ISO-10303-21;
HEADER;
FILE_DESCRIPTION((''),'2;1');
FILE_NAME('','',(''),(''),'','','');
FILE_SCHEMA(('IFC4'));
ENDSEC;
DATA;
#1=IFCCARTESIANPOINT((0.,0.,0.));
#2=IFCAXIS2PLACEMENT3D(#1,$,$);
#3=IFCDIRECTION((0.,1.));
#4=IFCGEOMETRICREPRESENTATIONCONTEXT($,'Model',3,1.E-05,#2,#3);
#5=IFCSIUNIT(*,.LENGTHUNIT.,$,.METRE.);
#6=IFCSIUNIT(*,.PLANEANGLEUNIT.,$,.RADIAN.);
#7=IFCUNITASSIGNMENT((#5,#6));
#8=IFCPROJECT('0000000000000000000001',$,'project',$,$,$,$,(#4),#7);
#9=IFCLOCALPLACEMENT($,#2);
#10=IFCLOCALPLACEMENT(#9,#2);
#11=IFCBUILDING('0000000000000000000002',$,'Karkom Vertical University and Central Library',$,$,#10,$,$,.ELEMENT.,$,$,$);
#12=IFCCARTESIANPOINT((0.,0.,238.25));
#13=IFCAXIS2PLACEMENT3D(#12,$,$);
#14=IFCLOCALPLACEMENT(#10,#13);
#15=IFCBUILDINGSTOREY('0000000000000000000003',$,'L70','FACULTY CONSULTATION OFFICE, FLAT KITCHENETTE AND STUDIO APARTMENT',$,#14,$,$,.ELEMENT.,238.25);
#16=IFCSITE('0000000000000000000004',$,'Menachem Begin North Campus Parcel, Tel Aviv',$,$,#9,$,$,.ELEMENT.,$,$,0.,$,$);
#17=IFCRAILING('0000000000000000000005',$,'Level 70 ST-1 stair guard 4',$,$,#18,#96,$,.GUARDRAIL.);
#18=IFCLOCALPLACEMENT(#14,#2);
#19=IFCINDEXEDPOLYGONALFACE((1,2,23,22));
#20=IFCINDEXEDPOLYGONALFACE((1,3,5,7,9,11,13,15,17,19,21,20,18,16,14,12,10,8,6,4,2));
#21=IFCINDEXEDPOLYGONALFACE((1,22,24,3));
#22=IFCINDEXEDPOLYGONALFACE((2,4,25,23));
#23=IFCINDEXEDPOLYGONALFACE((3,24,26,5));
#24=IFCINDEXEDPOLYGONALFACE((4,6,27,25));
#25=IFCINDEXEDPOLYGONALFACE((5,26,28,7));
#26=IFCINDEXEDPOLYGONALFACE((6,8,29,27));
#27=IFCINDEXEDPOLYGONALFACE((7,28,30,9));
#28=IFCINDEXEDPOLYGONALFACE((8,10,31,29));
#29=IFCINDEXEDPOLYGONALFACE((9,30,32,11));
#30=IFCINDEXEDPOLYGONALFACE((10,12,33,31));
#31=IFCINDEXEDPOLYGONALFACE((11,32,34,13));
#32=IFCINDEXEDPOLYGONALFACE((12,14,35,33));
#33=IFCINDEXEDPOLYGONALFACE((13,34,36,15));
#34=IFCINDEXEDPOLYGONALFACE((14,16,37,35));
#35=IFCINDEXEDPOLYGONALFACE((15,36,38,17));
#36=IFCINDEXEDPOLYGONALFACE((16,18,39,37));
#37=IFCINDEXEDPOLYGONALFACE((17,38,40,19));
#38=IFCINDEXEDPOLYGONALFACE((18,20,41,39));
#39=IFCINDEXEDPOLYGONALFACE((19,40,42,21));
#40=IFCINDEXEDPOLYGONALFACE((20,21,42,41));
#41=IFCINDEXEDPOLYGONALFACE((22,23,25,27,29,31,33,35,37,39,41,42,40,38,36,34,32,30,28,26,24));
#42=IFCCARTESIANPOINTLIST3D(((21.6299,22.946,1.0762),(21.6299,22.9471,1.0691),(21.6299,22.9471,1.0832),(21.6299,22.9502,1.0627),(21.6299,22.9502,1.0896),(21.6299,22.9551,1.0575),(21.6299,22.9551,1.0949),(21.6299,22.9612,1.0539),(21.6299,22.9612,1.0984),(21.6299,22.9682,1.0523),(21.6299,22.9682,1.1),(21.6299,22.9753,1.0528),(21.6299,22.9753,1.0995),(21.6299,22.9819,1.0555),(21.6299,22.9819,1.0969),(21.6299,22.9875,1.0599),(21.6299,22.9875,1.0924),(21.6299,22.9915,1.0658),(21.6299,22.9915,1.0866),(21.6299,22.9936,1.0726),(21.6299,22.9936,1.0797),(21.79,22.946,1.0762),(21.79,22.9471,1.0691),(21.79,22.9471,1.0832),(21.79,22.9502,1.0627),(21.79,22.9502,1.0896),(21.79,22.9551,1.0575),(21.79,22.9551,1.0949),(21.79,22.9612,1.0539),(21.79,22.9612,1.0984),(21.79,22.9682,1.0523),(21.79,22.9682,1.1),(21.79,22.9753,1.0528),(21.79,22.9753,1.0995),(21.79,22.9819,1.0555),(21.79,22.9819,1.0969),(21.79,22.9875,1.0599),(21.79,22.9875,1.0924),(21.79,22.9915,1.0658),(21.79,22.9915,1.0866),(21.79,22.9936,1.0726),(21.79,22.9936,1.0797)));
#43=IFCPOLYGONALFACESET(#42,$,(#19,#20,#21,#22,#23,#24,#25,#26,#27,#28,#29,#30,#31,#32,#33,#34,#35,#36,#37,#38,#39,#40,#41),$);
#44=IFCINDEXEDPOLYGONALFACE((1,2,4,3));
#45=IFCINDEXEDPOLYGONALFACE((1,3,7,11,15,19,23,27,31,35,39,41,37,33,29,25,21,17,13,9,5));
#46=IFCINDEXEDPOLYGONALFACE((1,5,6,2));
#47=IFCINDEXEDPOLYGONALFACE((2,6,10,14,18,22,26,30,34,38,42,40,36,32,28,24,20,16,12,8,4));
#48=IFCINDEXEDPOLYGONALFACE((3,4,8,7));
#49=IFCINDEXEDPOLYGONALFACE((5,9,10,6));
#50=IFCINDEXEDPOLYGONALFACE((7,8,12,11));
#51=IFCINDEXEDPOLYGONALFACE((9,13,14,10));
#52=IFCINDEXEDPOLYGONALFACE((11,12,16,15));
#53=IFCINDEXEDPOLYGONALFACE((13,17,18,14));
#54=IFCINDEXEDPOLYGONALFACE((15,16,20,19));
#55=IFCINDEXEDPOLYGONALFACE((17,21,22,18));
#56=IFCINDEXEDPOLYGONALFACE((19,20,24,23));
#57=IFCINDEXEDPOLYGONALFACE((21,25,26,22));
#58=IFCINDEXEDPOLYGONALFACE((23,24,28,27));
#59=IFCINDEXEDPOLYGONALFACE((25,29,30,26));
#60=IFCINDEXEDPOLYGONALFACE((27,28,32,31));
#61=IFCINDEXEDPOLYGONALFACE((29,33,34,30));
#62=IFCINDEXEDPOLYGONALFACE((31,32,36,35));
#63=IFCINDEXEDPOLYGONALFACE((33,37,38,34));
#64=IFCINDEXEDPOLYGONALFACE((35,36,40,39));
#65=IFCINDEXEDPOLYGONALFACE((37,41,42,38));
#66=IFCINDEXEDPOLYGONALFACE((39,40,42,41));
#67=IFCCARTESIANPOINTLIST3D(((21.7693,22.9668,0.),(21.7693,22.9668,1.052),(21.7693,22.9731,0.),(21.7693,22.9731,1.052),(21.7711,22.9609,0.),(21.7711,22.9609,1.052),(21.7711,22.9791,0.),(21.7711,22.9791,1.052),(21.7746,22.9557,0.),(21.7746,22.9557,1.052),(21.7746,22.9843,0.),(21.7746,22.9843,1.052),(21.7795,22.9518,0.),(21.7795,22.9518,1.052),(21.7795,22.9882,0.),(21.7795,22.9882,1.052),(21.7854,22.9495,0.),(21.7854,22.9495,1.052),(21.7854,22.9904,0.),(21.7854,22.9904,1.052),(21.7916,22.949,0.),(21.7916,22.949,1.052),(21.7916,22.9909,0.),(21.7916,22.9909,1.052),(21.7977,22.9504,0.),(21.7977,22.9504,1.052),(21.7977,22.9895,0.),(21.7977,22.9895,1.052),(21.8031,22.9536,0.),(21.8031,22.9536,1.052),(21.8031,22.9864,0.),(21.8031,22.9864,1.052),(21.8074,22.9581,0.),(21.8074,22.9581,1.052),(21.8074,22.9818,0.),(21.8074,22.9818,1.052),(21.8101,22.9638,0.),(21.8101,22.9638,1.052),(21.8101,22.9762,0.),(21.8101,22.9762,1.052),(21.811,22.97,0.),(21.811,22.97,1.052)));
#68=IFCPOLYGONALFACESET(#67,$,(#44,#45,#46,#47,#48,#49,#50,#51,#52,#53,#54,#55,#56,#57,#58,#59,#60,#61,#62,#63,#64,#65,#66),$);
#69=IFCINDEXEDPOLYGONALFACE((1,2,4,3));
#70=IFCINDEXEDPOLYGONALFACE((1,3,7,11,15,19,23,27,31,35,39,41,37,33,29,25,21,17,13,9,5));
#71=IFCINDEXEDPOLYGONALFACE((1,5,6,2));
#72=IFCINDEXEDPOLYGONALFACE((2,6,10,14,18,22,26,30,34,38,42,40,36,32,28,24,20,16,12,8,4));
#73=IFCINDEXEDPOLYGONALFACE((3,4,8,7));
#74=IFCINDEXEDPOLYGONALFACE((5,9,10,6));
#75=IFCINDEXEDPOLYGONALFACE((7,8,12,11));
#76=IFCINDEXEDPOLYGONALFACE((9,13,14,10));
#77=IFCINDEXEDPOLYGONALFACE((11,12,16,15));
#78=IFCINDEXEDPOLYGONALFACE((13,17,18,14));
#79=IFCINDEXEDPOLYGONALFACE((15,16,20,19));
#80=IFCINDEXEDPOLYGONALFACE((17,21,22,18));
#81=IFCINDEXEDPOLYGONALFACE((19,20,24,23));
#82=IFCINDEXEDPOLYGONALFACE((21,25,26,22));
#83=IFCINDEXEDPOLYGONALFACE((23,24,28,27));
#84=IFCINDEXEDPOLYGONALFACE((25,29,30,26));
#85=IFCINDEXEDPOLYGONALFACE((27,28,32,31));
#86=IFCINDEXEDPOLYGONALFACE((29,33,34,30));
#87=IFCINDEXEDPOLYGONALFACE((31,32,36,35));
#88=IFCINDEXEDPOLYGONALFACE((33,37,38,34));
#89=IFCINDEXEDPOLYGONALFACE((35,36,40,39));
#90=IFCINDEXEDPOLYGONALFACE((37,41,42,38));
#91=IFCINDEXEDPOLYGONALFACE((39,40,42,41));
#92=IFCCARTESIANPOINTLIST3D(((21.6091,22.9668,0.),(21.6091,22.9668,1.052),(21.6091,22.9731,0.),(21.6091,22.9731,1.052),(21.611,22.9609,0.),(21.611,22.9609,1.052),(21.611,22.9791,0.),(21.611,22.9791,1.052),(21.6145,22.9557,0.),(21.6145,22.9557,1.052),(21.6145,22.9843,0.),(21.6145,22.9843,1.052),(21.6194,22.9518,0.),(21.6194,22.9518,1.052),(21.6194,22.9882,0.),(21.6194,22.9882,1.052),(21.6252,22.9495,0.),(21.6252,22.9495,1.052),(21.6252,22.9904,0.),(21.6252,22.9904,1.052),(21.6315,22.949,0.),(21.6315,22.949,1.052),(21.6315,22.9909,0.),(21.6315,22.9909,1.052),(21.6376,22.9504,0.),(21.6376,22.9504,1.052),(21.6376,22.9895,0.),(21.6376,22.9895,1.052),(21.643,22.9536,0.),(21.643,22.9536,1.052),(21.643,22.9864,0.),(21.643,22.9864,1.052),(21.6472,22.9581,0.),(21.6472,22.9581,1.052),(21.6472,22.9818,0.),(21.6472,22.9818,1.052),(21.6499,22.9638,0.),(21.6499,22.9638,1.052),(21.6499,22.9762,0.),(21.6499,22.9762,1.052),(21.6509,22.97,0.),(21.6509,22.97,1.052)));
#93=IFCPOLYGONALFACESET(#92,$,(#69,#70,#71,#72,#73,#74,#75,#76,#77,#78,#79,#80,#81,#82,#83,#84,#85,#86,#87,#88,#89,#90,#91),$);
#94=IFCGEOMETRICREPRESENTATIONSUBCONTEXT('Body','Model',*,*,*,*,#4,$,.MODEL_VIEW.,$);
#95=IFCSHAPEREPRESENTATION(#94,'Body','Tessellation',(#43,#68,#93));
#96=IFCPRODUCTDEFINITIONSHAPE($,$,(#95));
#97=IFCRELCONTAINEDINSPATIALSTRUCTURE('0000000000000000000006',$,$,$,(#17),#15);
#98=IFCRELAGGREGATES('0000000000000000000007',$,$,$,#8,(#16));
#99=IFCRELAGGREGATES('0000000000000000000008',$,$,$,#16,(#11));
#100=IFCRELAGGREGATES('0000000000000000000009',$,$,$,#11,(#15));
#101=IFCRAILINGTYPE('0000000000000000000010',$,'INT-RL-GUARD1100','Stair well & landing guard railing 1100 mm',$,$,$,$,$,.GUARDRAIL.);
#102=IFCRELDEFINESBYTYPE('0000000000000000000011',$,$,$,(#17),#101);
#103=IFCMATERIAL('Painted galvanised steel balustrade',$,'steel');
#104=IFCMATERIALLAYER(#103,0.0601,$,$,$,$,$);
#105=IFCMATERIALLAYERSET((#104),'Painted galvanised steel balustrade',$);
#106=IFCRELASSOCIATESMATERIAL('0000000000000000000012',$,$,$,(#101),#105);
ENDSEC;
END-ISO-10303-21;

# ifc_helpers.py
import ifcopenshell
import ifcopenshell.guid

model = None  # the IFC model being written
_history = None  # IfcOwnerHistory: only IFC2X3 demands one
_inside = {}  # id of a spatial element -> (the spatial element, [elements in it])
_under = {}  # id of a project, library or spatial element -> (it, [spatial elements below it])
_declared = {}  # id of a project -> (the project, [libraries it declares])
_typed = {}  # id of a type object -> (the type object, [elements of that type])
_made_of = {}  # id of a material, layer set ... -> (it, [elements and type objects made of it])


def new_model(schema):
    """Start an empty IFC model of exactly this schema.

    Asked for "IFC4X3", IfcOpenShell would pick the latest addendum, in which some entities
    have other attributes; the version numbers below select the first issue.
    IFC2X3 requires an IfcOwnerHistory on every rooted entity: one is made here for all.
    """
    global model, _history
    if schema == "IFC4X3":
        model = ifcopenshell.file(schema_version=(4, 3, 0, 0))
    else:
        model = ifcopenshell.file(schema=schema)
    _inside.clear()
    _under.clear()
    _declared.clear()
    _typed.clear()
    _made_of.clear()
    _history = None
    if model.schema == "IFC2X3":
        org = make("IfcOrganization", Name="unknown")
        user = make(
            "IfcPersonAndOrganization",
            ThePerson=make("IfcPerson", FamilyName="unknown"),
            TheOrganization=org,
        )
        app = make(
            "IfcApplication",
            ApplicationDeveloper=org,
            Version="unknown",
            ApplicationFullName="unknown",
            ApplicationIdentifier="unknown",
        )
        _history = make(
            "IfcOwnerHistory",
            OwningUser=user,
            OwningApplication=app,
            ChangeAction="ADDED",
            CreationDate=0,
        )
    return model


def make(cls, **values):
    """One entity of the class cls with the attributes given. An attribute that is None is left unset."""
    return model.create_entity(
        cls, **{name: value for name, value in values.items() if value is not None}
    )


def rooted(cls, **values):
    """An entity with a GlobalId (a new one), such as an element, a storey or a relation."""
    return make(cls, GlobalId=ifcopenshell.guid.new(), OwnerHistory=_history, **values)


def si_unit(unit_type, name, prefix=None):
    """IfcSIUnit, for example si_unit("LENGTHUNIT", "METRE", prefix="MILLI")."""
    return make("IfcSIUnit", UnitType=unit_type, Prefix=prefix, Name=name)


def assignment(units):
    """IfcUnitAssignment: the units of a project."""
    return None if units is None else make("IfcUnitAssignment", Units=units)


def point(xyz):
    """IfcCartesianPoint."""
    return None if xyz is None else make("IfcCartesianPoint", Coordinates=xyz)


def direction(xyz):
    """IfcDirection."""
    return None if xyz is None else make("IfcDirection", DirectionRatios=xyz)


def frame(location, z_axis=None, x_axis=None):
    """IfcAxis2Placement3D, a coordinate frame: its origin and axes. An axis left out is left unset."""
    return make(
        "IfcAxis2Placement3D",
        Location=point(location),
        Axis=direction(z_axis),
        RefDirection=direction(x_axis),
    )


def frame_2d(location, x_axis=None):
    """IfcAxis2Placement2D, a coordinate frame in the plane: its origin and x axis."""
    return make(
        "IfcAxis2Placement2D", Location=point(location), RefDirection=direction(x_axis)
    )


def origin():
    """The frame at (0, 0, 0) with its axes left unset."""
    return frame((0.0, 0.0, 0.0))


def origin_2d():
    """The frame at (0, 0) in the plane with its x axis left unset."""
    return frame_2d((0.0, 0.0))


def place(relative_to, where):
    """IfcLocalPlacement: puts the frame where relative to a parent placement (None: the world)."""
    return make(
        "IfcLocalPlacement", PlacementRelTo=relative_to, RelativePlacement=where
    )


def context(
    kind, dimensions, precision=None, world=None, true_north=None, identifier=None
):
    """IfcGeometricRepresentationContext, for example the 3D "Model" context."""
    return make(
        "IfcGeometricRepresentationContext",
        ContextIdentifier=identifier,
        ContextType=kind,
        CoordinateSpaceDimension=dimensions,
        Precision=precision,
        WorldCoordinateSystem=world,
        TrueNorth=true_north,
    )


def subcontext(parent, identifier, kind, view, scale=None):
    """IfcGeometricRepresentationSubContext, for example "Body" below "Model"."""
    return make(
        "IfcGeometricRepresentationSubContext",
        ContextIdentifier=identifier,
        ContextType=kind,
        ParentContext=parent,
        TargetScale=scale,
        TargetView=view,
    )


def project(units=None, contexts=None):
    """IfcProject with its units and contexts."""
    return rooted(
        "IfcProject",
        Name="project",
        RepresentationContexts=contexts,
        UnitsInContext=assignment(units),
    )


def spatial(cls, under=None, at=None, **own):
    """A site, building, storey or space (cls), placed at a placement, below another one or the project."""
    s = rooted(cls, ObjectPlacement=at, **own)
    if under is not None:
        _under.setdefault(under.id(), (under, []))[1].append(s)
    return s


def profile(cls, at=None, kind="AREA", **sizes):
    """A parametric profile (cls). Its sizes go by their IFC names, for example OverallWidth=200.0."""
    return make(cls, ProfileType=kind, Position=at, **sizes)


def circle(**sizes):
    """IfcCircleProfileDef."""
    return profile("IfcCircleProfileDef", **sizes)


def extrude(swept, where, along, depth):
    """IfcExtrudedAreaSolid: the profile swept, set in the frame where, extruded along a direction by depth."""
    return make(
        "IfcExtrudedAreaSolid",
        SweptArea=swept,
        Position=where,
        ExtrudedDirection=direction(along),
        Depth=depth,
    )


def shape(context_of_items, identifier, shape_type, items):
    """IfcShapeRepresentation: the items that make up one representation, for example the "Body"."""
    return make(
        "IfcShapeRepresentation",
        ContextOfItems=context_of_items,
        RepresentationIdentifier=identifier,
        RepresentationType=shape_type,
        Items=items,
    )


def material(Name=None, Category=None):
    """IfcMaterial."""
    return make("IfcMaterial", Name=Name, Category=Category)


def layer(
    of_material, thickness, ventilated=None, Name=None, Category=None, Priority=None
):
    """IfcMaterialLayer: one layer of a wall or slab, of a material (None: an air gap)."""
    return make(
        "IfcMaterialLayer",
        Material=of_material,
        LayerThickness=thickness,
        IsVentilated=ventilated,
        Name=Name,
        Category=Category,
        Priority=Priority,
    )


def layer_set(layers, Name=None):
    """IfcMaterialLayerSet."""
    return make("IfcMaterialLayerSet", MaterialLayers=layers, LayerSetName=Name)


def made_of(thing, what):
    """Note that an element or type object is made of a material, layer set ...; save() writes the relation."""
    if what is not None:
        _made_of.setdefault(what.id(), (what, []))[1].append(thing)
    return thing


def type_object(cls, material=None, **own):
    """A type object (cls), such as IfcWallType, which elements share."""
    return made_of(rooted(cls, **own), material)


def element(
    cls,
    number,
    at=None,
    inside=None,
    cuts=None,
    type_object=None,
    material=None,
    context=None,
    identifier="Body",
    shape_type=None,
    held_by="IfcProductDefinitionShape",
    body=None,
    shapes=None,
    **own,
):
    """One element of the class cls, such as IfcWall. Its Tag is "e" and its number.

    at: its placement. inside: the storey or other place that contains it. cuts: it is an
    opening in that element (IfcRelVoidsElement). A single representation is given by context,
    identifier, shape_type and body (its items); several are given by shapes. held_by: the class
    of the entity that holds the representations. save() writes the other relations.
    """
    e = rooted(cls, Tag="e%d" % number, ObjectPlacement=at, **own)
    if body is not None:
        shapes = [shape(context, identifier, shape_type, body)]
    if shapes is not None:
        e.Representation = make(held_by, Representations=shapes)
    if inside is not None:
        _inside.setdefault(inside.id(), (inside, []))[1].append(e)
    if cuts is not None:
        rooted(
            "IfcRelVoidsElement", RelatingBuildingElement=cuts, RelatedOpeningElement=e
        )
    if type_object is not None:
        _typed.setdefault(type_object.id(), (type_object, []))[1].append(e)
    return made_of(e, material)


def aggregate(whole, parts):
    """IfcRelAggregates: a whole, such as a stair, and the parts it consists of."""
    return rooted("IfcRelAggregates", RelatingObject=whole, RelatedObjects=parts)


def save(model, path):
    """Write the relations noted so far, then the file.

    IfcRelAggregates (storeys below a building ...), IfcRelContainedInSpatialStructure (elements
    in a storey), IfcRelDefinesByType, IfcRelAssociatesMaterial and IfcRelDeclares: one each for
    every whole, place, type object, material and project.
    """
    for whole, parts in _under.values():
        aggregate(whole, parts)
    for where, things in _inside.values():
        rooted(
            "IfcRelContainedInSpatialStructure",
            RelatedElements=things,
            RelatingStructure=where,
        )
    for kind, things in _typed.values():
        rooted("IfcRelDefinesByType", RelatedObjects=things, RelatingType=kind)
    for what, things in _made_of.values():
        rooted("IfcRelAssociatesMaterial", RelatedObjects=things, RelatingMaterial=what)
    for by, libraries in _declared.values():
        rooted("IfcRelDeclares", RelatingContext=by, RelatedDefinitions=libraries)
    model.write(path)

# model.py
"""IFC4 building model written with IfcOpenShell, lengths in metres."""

from ifc_helpers import new_model, si_unit, direction, frame, origin, origin_2d, place, context, subcontext, project, spatial, circle, extrude, material, layer, layer_set, type_object, element, save


model = new_model("IFC4")

# Units and contexts
model_context = context("Model", 3, precision=1e-05, world=origin(), true_north=direction((0.0, 1.0)))
body_context = subcontext(model_context, "Body", "Model", "MODEL_VIEW")
ifc_project = project(units=[si_unit("LENGTHUNIT", "METRE"), si_unit("PLANEANGLEUNIT", "RADIAN")], contexts=[model_context])

# Site, building, storey
site_placement = place(None, origin())
site = spatial("IfcSite", under=ifc_project, at=site_placement, Name="Menachem Begin North Campus Parcel, Tel Aviv", CompositionType="ELEMENT", RefElevation=0.0)
building_placement = place(site_placement, origin())
building = spatial("IfcBuilding", under=site, at=building_placement, Name="Karkom Vertical University and Central Library", CompositionType="ELEMENT")
storey_placement = place(building_placement, frame((0.0, 0.0, 238.25)))
storey = spatial("IfcBuildingStorey", under=building, at=storey_placement, Name="L70", Description="FACULTY CONSULTATION OFFICE, FLAT KITCHENETTE AND STUDIO APARTMENT", CompositionType="ELEMENT", Elevation=238.25)

# Railing
ifc_material_1 = material(Name="Painted galvanised steel balustrade", Category="steel")
ifc_layer_1 = layer(ifc_material_1, 0.0601)
ifc_layer_set_1 = layer_set([ifc_layer_1], Name="Painted galvanised steel balustrade")
railing_type_1 = type_object("IfcRailingType", Name="INT-RL-GUARD1100", Description="Stair well & landing guard railing 1100 mm", PredefinedType="GUARDRAIL", material=ifc_layer_set_1)
railing_1_placement = place(storey_placement, frame((21.79, 22.97, 0.0)))
element("IfcRailing", 1, at=railing_1_placement, inside=storey, type_object=railing_type_1, Name="Level 70 ST-1 stair guard 4", PredefinedType="GUARDRAIL", context=body_context, shape_type="SweptSolid", body=[
    extrude(circle(Radius=0.0239, at=origin_2d()), frame((0.0, 0.0, 1.0762), z_axis=(-1.0, 0.0, 0.0), x_axis=(0.0, -1.0, 0.0)), (0.0, 0.0, 1.0), 0.1602),
    extrude(circle(Radius=0.021, at=origin_2d()), origin(), (0.0, 0.0, 1.0), 1.052),
    extrude(circle(Radius=0.021, at=origin_2d()), frame((-0.1602, 0.0, 0.0)), (0.0, 0.0, 1.0), 1.052),
])

save(model, "model.ifc")
